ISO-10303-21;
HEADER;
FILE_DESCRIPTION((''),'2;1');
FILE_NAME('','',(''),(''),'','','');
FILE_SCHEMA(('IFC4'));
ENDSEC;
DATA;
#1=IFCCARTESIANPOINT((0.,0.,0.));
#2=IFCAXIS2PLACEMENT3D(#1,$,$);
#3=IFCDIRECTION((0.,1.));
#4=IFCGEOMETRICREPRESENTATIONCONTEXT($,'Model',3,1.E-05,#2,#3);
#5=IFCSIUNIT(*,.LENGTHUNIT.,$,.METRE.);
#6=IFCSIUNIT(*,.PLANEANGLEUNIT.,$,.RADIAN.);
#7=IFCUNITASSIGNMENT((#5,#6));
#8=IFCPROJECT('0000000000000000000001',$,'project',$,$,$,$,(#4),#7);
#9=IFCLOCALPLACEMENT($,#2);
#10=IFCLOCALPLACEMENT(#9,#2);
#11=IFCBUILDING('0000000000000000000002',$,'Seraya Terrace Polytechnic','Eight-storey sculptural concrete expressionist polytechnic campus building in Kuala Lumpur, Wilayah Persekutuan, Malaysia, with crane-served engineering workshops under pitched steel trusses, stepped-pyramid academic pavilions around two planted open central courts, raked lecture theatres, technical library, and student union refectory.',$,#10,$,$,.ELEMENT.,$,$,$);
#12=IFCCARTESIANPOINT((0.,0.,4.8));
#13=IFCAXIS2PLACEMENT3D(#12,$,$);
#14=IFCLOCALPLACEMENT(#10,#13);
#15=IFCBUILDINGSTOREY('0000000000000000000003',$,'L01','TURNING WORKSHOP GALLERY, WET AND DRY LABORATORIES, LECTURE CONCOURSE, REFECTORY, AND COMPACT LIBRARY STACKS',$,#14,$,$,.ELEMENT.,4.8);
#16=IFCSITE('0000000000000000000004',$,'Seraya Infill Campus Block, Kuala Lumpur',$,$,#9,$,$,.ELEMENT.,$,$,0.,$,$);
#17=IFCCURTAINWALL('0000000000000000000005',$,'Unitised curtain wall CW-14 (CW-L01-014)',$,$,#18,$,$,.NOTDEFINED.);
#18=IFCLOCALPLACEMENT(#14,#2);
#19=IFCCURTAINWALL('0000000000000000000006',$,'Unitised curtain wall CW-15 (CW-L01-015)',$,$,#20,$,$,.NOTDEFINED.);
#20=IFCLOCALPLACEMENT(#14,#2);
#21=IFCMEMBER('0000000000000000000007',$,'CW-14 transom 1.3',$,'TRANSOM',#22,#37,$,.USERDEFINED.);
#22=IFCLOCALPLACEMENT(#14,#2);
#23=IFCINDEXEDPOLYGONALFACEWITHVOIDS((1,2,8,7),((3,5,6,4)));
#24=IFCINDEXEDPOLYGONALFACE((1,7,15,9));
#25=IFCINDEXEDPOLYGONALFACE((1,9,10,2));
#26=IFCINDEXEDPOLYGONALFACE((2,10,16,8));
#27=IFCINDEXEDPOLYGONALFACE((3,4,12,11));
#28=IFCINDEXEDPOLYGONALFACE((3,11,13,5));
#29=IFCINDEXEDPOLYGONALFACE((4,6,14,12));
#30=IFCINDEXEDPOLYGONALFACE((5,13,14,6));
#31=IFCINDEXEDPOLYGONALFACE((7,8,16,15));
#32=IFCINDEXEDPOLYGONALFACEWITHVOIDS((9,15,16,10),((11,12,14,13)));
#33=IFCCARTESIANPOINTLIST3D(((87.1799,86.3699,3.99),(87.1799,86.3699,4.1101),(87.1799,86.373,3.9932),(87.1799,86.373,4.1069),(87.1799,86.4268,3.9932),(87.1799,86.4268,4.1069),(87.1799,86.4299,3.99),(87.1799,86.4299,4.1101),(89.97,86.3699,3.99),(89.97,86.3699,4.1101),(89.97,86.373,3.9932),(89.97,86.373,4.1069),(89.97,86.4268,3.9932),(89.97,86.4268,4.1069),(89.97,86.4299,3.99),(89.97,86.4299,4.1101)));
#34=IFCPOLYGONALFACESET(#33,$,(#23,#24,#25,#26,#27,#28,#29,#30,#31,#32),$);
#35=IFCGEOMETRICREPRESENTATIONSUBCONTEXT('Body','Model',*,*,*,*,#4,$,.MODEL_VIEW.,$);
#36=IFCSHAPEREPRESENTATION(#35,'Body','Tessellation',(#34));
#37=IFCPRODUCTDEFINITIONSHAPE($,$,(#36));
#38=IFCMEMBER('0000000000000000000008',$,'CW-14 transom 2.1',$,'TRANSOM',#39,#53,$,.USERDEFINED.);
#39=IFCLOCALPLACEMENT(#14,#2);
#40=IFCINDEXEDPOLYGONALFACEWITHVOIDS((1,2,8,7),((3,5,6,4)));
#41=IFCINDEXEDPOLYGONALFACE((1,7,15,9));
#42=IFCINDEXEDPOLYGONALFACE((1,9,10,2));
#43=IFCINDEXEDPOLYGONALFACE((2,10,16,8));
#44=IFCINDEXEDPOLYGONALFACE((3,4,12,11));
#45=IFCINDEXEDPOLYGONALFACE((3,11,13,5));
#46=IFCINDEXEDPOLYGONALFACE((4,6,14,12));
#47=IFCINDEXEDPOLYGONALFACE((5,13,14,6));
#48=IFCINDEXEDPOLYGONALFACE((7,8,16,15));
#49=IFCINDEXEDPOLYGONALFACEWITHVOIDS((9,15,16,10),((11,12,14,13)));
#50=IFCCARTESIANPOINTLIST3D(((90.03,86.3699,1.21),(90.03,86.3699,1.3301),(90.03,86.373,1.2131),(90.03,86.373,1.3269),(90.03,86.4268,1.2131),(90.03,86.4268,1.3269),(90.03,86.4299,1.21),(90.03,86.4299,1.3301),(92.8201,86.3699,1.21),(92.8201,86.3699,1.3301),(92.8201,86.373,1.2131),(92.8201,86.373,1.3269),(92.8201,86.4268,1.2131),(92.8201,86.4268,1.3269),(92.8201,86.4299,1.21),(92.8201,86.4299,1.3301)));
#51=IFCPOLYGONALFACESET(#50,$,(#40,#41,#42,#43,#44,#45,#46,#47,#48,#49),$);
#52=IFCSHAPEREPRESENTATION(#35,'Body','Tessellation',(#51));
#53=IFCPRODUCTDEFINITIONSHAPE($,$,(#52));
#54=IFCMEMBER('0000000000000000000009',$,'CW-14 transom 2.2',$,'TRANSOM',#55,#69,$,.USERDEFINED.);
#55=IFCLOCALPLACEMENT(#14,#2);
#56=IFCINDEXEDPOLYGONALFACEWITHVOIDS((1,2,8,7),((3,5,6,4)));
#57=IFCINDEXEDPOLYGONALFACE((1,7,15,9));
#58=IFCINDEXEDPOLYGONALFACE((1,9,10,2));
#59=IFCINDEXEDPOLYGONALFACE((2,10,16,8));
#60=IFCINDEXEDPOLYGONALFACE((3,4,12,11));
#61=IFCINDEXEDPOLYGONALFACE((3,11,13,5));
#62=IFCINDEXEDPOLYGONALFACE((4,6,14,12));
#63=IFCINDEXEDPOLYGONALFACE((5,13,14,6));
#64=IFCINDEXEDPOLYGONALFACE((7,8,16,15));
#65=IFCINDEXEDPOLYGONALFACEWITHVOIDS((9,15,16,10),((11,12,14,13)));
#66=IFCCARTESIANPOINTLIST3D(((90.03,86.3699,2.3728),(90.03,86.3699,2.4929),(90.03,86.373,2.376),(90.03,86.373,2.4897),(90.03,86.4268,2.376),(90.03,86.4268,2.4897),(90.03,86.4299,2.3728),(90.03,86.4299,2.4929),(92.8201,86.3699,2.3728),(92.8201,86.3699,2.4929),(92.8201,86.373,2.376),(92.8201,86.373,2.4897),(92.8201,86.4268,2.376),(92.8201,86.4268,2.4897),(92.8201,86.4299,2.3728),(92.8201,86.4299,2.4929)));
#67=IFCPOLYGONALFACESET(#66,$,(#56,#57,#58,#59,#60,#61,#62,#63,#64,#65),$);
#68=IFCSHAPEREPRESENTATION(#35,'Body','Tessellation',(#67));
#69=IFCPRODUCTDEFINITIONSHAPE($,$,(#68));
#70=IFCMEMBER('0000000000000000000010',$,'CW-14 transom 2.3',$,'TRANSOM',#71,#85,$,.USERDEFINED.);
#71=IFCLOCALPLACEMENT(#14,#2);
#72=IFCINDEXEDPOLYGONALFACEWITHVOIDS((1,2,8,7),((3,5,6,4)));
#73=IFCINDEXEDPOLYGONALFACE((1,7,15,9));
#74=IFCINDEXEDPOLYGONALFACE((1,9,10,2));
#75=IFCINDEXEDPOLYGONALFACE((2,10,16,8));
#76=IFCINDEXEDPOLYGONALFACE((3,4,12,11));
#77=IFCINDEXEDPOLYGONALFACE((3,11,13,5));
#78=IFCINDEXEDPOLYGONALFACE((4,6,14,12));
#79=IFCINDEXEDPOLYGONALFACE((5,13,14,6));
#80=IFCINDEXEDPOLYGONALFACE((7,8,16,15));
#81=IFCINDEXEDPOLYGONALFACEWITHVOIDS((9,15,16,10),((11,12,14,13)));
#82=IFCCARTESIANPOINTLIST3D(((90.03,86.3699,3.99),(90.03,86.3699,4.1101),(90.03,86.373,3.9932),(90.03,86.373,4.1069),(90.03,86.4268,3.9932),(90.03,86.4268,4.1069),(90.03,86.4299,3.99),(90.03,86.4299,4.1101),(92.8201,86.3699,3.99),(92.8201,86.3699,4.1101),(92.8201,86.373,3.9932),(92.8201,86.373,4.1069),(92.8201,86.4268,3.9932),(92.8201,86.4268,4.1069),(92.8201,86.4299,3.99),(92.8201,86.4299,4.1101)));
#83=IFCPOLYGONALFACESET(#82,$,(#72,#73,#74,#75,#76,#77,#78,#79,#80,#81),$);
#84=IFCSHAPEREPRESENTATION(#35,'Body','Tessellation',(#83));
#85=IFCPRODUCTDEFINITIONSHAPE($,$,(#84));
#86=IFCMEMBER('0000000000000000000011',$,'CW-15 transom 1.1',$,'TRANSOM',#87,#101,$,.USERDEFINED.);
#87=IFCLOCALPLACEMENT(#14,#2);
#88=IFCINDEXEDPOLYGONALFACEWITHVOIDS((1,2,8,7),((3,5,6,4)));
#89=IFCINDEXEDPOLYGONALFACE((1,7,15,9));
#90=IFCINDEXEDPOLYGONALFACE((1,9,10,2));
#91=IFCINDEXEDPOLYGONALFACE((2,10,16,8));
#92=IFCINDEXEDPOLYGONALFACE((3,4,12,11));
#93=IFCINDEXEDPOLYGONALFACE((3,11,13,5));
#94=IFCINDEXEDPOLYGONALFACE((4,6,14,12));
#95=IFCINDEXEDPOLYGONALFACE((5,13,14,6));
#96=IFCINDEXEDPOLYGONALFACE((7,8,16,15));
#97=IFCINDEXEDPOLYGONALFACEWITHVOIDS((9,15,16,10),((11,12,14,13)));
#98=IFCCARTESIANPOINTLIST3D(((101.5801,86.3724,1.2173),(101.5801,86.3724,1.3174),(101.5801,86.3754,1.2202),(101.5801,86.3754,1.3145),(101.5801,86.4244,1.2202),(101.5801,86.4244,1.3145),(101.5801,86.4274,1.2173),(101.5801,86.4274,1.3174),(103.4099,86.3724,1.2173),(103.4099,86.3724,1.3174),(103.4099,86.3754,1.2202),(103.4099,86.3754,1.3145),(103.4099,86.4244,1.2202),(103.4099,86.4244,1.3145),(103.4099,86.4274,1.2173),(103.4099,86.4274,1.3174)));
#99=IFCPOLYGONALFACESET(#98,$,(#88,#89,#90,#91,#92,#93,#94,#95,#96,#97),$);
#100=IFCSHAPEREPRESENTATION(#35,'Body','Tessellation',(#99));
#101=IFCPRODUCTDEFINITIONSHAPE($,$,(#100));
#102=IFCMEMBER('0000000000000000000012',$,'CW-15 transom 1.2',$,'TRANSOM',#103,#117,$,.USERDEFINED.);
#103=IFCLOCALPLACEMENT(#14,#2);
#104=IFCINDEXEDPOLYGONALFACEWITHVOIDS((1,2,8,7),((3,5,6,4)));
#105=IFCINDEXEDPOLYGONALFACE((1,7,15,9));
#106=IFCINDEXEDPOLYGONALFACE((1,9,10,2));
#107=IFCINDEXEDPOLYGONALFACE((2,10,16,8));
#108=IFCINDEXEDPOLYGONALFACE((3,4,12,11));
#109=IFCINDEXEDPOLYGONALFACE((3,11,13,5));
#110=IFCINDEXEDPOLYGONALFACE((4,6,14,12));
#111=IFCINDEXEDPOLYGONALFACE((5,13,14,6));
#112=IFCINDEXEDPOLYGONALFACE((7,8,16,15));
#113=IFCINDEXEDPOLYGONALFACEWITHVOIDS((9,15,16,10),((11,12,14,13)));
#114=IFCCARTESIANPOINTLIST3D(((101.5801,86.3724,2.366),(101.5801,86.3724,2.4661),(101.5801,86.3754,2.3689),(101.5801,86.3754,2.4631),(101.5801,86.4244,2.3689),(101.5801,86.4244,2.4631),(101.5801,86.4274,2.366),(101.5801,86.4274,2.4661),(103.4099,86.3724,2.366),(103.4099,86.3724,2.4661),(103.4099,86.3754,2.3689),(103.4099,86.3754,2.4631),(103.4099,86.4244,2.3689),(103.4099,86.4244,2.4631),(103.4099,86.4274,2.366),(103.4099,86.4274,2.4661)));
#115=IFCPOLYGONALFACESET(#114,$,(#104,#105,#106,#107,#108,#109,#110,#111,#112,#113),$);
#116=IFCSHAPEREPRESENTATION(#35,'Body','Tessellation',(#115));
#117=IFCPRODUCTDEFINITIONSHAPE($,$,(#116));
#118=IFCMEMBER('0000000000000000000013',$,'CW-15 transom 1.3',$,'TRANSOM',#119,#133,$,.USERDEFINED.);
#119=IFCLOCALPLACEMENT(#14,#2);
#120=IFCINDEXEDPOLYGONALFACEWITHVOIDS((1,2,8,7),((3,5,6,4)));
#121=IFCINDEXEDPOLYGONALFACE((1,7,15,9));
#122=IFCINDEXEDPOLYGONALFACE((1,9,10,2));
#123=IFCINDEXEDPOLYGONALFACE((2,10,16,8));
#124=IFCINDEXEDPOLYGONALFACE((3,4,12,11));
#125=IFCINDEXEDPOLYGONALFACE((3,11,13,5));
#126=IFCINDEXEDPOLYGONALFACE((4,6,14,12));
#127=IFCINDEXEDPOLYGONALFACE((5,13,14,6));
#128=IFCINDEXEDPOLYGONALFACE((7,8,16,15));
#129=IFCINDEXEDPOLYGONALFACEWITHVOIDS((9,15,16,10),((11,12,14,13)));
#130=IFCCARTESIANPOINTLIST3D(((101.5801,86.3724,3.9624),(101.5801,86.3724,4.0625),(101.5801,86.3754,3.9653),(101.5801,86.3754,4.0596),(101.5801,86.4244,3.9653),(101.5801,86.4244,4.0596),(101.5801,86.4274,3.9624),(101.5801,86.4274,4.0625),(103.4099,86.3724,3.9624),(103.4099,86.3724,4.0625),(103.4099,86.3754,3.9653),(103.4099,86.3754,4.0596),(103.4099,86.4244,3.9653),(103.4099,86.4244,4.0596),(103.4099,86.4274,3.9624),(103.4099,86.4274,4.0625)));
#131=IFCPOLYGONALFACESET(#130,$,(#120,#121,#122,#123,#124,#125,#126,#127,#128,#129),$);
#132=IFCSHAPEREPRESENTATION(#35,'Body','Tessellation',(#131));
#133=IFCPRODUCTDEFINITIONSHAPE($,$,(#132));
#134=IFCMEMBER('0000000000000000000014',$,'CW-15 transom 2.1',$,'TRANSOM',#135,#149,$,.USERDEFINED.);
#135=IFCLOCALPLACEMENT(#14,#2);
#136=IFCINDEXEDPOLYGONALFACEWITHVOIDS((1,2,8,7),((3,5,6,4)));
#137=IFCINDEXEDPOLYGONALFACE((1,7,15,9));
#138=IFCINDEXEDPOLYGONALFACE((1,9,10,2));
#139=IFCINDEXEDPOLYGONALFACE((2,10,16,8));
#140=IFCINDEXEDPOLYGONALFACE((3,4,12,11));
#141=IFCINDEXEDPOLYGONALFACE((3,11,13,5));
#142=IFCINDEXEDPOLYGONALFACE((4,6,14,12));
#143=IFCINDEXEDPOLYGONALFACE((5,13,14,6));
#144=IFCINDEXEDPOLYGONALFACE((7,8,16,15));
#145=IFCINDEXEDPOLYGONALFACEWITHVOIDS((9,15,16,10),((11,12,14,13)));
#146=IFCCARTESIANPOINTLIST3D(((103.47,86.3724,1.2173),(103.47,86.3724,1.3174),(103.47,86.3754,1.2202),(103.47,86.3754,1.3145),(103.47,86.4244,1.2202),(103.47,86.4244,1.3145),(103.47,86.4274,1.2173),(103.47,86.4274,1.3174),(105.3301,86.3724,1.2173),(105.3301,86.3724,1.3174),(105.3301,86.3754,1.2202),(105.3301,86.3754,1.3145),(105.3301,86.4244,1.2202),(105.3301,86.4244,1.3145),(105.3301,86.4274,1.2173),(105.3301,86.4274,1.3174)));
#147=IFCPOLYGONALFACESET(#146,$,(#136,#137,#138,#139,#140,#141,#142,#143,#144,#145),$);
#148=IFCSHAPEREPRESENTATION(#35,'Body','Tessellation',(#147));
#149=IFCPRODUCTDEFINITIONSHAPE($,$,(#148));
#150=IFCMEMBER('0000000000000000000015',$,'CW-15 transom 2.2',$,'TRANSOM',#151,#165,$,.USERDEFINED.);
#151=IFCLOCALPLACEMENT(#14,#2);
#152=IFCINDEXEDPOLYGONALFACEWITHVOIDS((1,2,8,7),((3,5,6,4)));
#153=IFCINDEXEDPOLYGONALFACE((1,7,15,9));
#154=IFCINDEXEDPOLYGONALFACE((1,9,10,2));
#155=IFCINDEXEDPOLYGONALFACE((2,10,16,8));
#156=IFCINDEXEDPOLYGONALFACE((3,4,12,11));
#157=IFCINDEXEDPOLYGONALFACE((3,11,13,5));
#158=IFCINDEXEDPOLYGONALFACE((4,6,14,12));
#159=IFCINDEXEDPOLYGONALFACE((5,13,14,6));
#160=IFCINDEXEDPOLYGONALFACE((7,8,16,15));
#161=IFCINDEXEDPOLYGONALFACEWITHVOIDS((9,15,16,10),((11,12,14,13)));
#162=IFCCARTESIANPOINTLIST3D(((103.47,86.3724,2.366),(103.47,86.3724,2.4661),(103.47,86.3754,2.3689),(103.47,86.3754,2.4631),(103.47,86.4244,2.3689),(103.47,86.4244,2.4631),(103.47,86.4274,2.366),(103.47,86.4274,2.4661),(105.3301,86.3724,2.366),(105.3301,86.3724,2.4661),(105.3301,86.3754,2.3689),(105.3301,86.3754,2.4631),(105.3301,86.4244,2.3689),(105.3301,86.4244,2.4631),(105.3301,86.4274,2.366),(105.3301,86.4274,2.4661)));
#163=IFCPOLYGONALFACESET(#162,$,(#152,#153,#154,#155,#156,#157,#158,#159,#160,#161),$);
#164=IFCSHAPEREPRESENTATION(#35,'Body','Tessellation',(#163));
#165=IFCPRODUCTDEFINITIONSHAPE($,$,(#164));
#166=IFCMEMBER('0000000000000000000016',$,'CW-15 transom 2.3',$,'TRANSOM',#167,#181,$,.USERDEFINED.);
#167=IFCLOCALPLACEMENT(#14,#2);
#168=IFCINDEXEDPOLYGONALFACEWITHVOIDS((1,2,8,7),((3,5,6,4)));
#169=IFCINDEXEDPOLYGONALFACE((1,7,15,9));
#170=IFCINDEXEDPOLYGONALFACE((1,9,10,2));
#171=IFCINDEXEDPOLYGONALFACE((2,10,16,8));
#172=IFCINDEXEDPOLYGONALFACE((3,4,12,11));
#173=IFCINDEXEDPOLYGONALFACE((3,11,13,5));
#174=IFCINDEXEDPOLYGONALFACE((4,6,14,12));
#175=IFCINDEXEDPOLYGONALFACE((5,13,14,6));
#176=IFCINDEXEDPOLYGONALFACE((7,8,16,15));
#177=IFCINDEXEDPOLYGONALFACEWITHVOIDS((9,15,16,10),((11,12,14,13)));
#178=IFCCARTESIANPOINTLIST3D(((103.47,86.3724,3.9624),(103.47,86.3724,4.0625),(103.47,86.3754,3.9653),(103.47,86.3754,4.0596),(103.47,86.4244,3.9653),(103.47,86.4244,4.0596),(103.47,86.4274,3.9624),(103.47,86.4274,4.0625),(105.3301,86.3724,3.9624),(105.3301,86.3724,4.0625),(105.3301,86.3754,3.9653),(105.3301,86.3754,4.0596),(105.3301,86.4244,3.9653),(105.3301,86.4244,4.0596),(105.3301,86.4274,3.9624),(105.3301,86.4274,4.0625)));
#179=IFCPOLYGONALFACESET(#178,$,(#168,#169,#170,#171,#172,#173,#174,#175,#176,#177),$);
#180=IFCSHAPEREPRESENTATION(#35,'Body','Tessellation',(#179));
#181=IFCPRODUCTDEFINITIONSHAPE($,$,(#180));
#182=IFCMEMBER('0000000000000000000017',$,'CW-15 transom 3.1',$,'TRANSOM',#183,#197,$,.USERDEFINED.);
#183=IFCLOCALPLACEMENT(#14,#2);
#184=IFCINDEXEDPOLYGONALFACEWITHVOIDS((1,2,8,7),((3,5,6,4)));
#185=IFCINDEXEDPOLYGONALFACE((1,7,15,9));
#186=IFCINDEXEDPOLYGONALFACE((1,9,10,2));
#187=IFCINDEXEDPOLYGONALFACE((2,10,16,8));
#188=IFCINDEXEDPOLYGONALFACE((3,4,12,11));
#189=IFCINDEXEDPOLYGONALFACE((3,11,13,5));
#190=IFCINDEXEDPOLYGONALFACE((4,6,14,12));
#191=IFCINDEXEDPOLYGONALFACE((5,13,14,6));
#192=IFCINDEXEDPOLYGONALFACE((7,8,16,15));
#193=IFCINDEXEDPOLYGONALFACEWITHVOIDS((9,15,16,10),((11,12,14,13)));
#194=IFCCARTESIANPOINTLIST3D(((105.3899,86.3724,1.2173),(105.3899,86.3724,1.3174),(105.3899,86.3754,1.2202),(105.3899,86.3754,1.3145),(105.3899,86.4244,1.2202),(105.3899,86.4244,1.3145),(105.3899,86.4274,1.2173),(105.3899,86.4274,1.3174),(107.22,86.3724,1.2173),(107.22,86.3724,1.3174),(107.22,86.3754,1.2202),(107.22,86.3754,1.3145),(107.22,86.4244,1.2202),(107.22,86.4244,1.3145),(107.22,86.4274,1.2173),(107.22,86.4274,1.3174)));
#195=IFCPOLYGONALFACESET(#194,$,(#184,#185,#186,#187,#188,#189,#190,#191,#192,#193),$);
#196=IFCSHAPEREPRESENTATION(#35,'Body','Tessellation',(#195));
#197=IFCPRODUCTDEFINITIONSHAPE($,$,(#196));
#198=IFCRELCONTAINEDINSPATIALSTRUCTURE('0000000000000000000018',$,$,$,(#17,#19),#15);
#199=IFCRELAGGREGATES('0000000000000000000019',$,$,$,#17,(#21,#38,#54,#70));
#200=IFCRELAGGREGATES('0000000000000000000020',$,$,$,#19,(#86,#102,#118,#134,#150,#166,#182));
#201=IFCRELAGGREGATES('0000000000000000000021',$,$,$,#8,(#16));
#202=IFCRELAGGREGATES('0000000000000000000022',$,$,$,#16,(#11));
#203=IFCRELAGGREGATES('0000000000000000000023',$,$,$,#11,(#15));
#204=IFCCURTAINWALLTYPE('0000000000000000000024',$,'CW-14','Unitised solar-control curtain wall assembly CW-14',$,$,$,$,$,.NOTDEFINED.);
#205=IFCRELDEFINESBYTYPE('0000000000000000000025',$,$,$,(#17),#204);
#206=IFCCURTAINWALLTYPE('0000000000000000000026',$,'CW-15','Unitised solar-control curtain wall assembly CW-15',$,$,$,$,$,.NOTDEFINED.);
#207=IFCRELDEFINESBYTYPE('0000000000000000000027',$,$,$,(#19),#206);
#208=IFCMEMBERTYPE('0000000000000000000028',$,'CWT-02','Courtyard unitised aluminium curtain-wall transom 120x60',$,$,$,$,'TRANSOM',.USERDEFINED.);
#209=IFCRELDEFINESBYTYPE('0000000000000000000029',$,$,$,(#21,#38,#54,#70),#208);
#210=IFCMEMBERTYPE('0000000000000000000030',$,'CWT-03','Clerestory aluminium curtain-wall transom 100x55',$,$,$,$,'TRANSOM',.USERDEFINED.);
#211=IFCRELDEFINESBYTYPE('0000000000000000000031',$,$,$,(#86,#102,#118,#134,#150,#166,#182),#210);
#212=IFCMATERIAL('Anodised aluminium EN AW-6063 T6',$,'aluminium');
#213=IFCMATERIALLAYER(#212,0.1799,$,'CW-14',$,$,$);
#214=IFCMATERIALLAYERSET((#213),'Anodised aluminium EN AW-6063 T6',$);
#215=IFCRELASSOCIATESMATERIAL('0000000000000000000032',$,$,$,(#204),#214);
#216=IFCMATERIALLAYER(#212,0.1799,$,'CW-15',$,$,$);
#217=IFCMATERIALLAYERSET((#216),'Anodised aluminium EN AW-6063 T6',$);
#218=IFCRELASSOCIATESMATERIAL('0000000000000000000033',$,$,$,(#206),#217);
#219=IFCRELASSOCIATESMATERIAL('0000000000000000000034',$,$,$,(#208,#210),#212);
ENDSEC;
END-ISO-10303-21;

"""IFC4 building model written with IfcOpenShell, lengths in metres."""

from ifc_helpers import new_model, si_unit, direction, frame, origin, origin_2d, place, context, subcontext, project, spatial, hollow_rectangle, extrude, material, layer, layer_set, material_profile, profile_set, type_object, element, aggregate, save


model = new_model("IFC4")

# Units and contexts
model_context = context("Model", 3, precision=1e-05, world=origin(), true_north=direction((0.0, 1.0)))
body_context = subcontext(model_context, "Body", "Model", "MODEL_VIEW")
ifc_project = project(units=[si_unit("LENGTHUNIT", "METRE"), si_unit("PLANEANGLEUNIT", "RADIAN")], contexts=[model_context])

# Site, building, storey
site_placement = place(None, origin())
site = spatial("IfcSite", under=ifc_project, at=site_placement, Name="Seraya Infill Campus Block, Kuala Lumpur", CompositionType="ELEMENT", RefElevation=0.0)
building_placement = place(site_placement, origin())
building = spatial("IfcBuilding", under=site, at=building_placement, Name="Seraya Terrace Polytechnic", Description="Eight-storey sculptural concrete expressionist polytechnic campus building in Kuala Lumpur, Wilayah Persekutuan, Malaysia, with crane-served engineering workshops under pitched steel trusses, stepped-pyramid academic pavilions around two planted open central courts, raked lecture theatres, technical library, and student union refectory.", CompositionType="ELEMENT")
storey_placement = place(building_placement, frame((0.0, 0.0, 4.8)))
storey = spatial("IfcBuildingStorey", under=building, at=storey_placement, Name="L01", Description="TURNING WORKSHOP GALLERY, WET AND DRY LABORATORIES, LECTURE CONCOURSE, REFECTORY, AND COMPACT LIBRARY STACKS", CompositionType="ELEMENT", Elevation=4.8)

# Curtain walls
ifc_material_1 = material(Name="Anodised aluminium EN AW-6063 T6", Category="aluminium")
ifc_layer_1 = layer(ifc_material_1, 0.1799, Name="CW-14")
ifc_layer_set_1 = layer_set([ifc_layer_1], Name="Anodised aluminium EN AW-6063 T6")
curtain_wall_type_1 = type_object("IfcCurtainWallType", Name="CW-14", Description="Unitised solar-control curtain wall assembly CW-14", PredefinedType="NOTDEFINED", material=ifc_layer_set_1)
curtain_wall_1_placement = place(storey_placement, origin())
curtain_wall_1 = element("IfcCurtainWall", 1, at=curtain_wall_1_placement, inside=storey, type_object=curtain_wall_type_1, Name="Unitised curtain wall CW-14 (CW-L01-014)", PredefinedType="NOTDEFINED")
ifc_layer_2 = layer(ifc_material_1, 0.1799, Name="CW-15")
ifc_layer_set_2 = layer_set([ifc_layer_2], Name="Anodised aluminium EN AW-6063 T6")
curtain_wall_type_2 = type_object("IfcCurtainWallType", Name="CW-15", Description="Unitised solar-control curtain wall assembly CW-15", PredefinedType="NOTDEFINED", material=ifc_layer_set_2)
curtain_wall_2_placement = place(storey_placement, origin())
curtain_wall_2 = element("IfcCurtainWall", 2, at=curtain_wall_2_placement, inside=storey, type_object=curtain_wall_type_2, Name="Unitised curtain wall CW-15 (CW-L01-015)", PredefinedType="NOTDEFINED")

# Members
ifc_material_profile_1 = material_profile(ifc_material_1, hollow_rectangle(XDim=0.0601, YDim=0.1201, WallThickness=0.0032, at=origin_2d()), Name="RHS 120x60x3.2")
ifc_profile_set_1 = profile_set([ifc_material_profile_1], Name="Anodised aluminium EN AW-6063 T6")
member_type_1 = type_object("IfcMemberType", Name="CWT-02", Description="Courtyard unitised aluminium curtain-wall transom 120x60", ElementType="TRANSOM", PredefinedType="USERDEFINED", material=ifc_profile_set_1)
member_1_placement = place(storey_placement, frame((87.1799, 86.3999, 4.05), z_axis=(1.0, 0.0, 0.0), x_axis=(0.0, 1.0, 0.0)))
member_1 = element("IfcMember", 3, at=member_1_placement, type_object=member_type_1, Name="CW-14 transom 1.3", ObjectType="TRANSOM", PredefinedType="USERDEFINED", context=body_context, shape_type="SweptSolid", body=[
    extrude(hollow_rectangle(XDim=0.0601, YDim=0.1201, WallThickness=0.0032, at=origin_2d()), origin(), (0.0, 0.0, 1.0), 2.79),
])
member_2_placement = place(storey_placement, frame((90.03, 86.3999, 1.27), z_axis=(1.0, 0.0, 0.0), x_axis=(0.0, 1.0, 0.0)))
member_2 = element("IfcMember", 4, at=member_2_placement, type_object=member_type_1, Name="CW-14 transom 2.1", ObjectType="TRANSOM", PredefinedType="USERDEFINED", context=body_context, shape_type="SweptSolid", body=[
    extrude(hollow_rectangle(XDim=0.0601, YDim=0.1201, WallThickness=0.0032, at=origin_2d()), origin(), (0.0, 0.0, 1.0), 2.79),
])
member_3_placement = place(storey_placement, frame((90.03, 86.3999, 2.4329), z_axis=(1.0, 0.0, 0.0), x_axis=(0.0, 1.0, 0.0)))
member_3 = element("IfcMember", 5, at=member_3_placement, type_object=member_type_1, Name="CW-14 transom 2.2", ObjectType="TRANSOM", PredefinedType="USERDEFINED", context=body_context, shape_type="SweptSolid", body=[
    extrude(hollow_rectangle(XDim=0.0601, YDim=0.1201, WallThickness=0.0032, at=origin_2d()), origin(), (0.0, 0.0, 1.0), 2.79),
])
member_4_placement = place(storey_placement, frame((90.03, 86.3999, 4.05), z_axis=(1.0, 0.0, 0.0), x_axis=(0.0, 1.0, 0.0)))
member_4 = element("IfcMember", 6, at=member_4_placement, type_object=member_type_1, Name="CW-14 transom 2.3", ObjectType="TRANSOM", PredefinedType="USERDEFINED", context=body_context, shape_type="SweptSolid", body=[
    extrude(hollow_rectangle(XDim=0.0601, YDim=0.1201, WallThickness=0.0032, at=origin_2d()), origin(), (0.0, 0.0, 1.0), 2.79),
])
ifc_material_profile_2 = material_profile(ifc_material_1, hollow_rectangle(XDim=0.0549, YDim=0.1001, WallThickness=0.0029, at=origin_2d()), Name="RHS 100x55x3.0")
ifc_profile_set_2 = profile_set([ifc_material_profile_2], Name="Anodised aluminium EN AW-6063 T6")
member_type_2 = type_object("IfcMemberType", Name="CWT-03", Description="Clerestory aluminium curtain-wall transom 100x55", ElementType="TRANSOM", PredefinedType="USERDEFINED", material=ifc_profile_set_2)
member_5_placement = place(storey_placement, frame((101.5801, 86.3999, 1.2673), z_axis=(1.0, 0.0, 0.0), x_axis=(0.0, 1.0, 0.0)))
member_5 = element("IfcMember", 7, at=member_5_placement, type_object=member_type_2, Name="CW-15 transom 1.1", ObjectType="TRANSOM", PredefinedType="USERDEFINED", context=body_context, shape_type="SweptSolid", body=[
    extrude(hollow_rectangle(XDim=0.0549, YDim=0.1001, WallThickness=0.0029, at=origin_2d()), origin(), (0.0, 0.0, 1.0), 1.8298),
])
member_6_placement = place(storey_placement, frame((101.5801, 86.3999, 2.416), z_axis=(1.0, 0.0, 0.0), x_axis=(0.0, 1.0, 0.0)))
member_6 = element("IfcMember", 8, at=member_6_placement, type_object=member_type_2, Name="CW-15 transom 1.2", ObjectType="TRANSOM", PredefinedType="USERDEFINED", context=body_context, shape_type="SweptSolid", body=[
    extrude(hollow_rectangle(XDim=0.0549, YDim=0.1001, WallThickness=0.0029, at=origin_2d()), origin(), (0.0, 0.0, 1.0), 1.8298),
])
member_7_placement = place(storey_placement, frame((101.5801, 86.3999, 4.0125), z_axis=(1.0, 0.0, 0.0), x_axis=(0.0, 1.0, 0.0)))
member_7 = element("IfcMember", 9, at=member_7_placement, type_object=member_type_2, Name="CW-15 transom 1.3", ObjectType="TRANSOM", PredefinedType="USERDEFINED", context=body_context, shape_type="SweptSolid", body=[
    extrude(hollow_rectangle(XDim=0.0549, YDim=0.1001, WallThickness=0.0029, at=origin_2d()), origin(), (0.0, 0.0, 1.0), 1.8298),
])
member_8_placement = place(storey_placement, frame((103.47, 86.3999, 1.2673), z_axis=(1.0, 0.0, 0.0), x_axis=(0.0, 1.0, 0.0)))
member_8 = element("IfcMember", 10, at=member_8_placement, type_object=member_type_2, Name="CW-15 transom 2.1", ObjectType="TRANSOM", PredefinedType="USERDEFINED", context=body_context, shape_type="SweptSolid", body=[
    extrude(hollow_rectangle(XDim=0.0549, YDim=0.1001, WallThickness=0.0029, at=origin_2d()), origin(), (0.0, 0.0, 1.0), 1.8601),
])
member_9_placement = place(storey_placement, frame((103.47, 86.3999, 2.416), z_axis=(1.0, 0.0, 0.0), x_axis=(0.0, 1.0, 0.0)))
member_9 = element("IfcMember", 11, at=member_9_placement, type_object=member_type_2, Name="CW-15 transom 2.2", ObjectType="TRANSOM", PredefinedType="USERDEFINED", context=body_context, shape_type="SweptSolid", body=[
    extrude(hollow_rectangle(XDim=0.0549, YDim=0.1001, WallThickness=0.0029, at=origin_2d()), origin(), (0.0, 0.0, 1.0), 1.8601),
])
member_10_placement = place(storey_placement, frame((103.47, 86.3999, 4.0125), z_axis=(1.0, 0.0, 0.0), x_axis=(0.0, 1.0, 0.0)))
member_10 = element("IfcMember", 12, at=member_10_placement, type_object=member_type_2, Name="CW-15 transom 2.3", ObjectType="TRANSOM", PredefinedType="USERDEFINED", context=body_context, shape_type="SweptSolid", body=[
    extrude(hollow_rectangle(XDim=0.0549, YDim=0.1001, WallThickness=0.0029, at=origin_2d()), origin(), (0.0, 0.0, 1.0), 1.8601),
])
member_11_placement = place(storey_placement, frame((105.3899, 86.3999, 1.2673), z_axis=(1.0, 0.0, 0.0), x_axis=(0.0, 1.0, 0.0)))
member_11 = element("IfcMember", 13, at=member_11_placement, type_object=member_type_2, Name="CW-15 transom 3.1", ObjectType="TRANSOM", PredefinedType="USERDEFINED", context=body_context, shape_type="SweptSolid", body=[
    extrude(hollow_rectangle(XDim=0.0549, YDim=0.1001, WallThickness=0.0029, at=origin_2d()), origin(), (0.0, 0.0, 1.0), 1.8301),
])

aggregate(curtain_wall_1, [member_1, member_2, member_3, member_4])
aggregate(curtain_wall_2, [member_5, member_6, member_7, member_8, member_9, member_10, member_11])

save(model, "model.ifc")
